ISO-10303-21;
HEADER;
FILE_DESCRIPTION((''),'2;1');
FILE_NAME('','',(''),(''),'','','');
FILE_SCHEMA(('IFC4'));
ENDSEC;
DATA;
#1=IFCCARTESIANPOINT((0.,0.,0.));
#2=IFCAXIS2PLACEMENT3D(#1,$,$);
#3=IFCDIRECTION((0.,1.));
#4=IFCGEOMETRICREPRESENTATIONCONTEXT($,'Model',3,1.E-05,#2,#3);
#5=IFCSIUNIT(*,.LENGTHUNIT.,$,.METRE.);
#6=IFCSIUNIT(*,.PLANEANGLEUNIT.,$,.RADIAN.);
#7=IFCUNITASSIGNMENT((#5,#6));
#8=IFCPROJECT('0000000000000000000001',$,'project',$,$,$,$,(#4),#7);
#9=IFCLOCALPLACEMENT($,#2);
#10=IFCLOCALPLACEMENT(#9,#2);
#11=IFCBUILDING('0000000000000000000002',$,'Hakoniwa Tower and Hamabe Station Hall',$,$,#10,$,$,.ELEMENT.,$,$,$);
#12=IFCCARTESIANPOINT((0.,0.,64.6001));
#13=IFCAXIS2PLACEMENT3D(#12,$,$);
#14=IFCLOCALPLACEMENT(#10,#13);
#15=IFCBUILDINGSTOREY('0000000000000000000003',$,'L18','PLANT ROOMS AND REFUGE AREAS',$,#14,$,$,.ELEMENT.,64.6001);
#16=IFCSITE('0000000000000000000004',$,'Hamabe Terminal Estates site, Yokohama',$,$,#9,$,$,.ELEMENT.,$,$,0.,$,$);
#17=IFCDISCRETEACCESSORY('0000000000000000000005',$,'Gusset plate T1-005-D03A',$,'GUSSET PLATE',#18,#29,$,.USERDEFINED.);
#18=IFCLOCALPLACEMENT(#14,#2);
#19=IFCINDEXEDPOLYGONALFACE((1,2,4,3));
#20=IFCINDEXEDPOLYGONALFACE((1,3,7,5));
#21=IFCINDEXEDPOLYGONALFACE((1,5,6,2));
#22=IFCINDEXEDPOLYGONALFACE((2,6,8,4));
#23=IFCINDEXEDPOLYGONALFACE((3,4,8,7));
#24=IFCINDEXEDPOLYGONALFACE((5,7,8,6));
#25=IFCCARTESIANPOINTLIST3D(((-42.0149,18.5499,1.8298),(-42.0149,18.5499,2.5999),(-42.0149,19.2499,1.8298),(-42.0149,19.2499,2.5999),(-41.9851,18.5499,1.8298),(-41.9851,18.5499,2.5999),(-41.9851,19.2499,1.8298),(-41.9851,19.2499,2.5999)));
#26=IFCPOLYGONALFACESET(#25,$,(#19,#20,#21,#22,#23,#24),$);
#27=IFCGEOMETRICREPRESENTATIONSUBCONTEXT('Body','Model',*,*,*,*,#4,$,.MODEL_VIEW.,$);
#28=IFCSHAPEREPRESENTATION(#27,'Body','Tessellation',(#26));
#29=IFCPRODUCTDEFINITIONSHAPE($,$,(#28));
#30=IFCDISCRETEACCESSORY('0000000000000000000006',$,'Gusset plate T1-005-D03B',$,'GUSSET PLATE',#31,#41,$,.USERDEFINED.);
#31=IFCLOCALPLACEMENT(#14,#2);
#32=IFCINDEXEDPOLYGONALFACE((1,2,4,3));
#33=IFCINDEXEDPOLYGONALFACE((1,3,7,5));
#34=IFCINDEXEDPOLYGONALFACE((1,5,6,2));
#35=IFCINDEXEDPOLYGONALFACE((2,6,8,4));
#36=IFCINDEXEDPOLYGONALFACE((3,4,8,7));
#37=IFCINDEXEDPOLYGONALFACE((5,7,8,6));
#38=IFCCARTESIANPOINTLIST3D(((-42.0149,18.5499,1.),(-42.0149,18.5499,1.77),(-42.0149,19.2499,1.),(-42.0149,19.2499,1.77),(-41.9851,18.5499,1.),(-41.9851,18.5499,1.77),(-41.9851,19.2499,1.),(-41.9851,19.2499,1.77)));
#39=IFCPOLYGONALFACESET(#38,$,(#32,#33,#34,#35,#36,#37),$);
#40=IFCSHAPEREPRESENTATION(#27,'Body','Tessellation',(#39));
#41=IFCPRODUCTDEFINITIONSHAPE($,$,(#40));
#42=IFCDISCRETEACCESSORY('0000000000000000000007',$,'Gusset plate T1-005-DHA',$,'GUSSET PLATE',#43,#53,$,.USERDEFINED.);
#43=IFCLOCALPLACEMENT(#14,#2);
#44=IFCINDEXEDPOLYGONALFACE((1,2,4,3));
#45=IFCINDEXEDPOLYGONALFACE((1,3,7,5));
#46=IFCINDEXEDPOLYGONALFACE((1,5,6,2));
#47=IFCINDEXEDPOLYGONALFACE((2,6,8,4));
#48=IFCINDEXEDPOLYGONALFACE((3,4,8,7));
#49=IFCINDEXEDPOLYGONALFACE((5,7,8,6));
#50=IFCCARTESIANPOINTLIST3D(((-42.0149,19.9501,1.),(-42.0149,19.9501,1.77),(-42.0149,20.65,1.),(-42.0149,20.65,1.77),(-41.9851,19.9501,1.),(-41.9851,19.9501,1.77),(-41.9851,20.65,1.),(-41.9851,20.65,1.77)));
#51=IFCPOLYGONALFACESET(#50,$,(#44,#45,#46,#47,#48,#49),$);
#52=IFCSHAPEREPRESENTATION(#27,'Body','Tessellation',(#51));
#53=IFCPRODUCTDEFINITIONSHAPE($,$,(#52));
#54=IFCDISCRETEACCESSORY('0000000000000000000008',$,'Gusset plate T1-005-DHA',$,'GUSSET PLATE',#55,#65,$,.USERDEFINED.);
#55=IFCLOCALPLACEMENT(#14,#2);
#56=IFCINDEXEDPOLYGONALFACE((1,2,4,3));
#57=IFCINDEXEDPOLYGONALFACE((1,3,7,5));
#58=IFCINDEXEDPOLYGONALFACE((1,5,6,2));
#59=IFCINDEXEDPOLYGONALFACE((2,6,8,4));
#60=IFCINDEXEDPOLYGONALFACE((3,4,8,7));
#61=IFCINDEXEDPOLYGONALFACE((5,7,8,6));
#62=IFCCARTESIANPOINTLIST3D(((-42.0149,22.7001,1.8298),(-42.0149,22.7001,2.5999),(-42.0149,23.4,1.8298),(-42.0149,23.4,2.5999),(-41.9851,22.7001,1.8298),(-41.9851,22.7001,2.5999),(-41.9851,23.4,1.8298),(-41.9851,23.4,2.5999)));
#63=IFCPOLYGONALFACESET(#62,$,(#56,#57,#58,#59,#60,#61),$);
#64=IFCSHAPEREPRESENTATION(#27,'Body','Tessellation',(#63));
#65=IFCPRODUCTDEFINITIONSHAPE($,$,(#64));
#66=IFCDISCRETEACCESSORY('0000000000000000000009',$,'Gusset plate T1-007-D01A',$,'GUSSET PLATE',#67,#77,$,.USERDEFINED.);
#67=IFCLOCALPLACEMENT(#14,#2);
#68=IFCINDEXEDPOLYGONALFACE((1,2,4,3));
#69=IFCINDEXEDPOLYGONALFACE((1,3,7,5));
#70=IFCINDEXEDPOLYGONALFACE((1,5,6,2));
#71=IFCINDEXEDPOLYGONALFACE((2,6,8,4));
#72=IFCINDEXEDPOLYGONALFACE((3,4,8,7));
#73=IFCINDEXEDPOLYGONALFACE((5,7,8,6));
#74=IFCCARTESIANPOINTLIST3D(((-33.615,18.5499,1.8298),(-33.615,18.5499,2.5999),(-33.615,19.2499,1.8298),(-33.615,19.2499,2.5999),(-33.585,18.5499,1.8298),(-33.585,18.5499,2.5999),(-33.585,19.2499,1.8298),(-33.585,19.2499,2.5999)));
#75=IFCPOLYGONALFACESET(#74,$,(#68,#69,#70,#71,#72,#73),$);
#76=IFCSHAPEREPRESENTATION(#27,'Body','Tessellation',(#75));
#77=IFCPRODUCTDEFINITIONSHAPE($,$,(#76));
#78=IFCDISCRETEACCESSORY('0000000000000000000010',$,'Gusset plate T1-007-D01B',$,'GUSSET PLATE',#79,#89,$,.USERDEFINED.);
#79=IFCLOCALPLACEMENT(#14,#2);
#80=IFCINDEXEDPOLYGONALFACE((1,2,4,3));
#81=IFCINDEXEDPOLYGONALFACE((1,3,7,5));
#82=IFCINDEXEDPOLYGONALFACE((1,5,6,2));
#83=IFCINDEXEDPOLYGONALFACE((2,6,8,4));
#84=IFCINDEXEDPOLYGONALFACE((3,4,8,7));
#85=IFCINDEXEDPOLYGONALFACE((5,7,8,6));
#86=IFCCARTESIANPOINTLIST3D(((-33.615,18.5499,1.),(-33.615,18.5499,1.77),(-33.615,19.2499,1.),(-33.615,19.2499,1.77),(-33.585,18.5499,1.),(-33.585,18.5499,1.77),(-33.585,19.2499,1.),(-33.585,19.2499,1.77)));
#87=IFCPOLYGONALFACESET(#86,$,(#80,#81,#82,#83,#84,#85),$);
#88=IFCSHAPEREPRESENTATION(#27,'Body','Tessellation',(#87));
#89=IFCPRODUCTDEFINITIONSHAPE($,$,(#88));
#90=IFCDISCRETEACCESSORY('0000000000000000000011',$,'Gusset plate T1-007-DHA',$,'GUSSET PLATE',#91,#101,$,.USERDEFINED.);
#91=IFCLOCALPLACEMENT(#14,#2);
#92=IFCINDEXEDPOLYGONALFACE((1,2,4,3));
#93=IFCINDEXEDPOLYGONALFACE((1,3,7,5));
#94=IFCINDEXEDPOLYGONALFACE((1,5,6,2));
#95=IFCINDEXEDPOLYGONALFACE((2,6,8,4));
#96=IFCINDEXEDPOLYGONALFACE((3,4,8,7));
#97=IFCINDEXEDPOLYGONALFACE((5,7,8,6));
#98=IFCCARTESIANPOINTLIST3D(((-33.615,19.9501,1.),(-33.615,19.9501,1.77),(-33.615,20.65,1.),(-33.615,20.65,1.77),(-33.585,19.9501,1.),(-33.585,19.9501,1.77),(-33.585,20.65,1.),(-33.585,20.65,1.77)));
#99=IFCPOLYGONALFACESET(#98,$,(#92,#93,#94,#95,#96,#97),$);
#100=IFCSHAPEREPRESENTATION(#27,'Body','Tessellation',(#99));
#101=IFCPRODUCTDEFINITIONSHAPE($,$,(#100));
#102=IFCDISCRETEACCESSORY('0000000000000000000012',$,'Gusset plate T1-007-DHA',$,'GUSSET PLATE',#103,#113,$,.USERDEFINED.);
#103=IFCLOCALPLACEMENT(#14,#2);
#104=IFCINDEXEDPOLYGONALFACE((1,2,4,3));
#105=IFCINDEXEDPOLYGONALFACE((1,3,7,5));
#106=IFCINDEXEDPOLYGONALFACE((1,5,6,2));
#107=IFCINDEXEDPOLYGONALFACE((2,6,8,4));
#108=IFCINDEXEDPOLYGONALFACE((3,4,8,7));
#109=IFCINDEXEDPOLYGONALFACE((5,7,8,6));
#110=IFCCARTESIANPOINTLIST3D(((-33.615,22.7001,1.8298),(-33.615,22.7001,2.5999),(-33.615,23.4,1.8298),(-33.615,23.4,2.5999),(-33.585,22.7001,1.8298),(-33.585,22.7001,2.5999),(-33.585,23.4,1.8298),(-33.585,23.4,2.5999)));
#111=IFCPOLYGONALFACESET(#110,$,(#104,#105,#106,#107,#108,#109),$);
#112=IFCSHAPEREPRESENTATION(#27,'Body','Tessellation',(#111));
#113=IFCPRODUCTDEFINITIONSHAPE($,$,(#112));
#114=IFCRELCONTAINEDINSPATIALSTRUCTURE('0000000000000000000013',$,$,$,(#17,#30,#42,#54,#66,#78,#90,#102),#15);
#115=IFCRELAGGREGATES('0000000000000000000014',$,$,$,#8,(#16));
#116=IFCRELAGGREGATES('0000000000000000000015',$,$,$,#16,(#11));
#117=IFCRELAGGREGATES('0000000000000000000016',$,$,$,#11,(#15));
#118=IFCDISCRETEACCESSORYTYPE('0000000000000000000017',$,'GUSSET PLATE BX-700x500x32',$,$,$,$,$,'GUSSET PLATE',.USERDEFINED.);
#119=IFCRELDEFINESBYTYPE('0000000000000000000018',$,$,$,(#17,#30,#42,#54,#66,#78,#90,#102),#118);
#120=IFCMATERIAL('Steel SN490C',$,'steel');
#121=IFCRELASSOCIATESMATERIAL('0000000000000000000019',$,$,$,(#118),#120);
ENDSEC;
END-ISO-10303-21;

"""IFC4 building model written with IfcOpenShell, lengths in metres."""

from ifc_helpers import new_model, si_unit, direction, frame, origin, origin_2d, place, context, subcontext, project, spatial, rectangle, extrude, material, material_profile, profile_set, type_object, element, save


model = new_model("IFC4")

# Units and contexts
model_context = context("Model", 3, precision=1e-05, world=origin(), true_north=direction((0.0, 1.0)))
body_context = subcontext(model_context, "Body", "Model", "MODEL_VIEW")
ifc_project = project(units=[si_unit("LENGTHUNIT", "METRE"), si_unit("PLANEANGLEUNIT", "RADIAN")], contexts=[model_context])

# Site, building, storey
site_placement = place(None, origin())
site = spatial("IfcSite", under=ifc_project, at=site_placement, Name="Hamabe Terminal Estates site, Yokohama", CompositionType="ELEMENT", RefElevation=0.0)
building_placement = place(site_placement, origin())
building = spatial("IfcBuilding", under=site, at=building_placement, Name="Hakoniwa Tower and Hamabe Station Hall", CompositionType="ELEMENT")
storey_placement = place(building_placement, frame((0.0, 0.0, 64.6001)))
storey = spatial("IfcBuildingStorey", under=building, at=storey_placement, Name="L18", Description="PLANT ROOMS AND REFUGE AREAS", CompositionType="ELEMENT", Elevation=64.6001)

# Discrete accessories
ifc_material_1 = material(Name="Steel SN490C", Category="steel")
ifc_material_profile_1 = material_profile(ifc_material_1, rectangle(XDim=0.7, YDim=0.77, at=origin_2d()), Name="GUSSET PLATE BX-700x500x32")
ifc_profile_set_1 = profile_set([ifc_material_profile_1], Name="Steel SN490C")
discrete_accessory_type = type_object("IfcDiscreteAccessoryType", Name="GUSSET PLATE BX-700x500x32", ElementType="GUSSET PLATE", PredefinedType="USERDEFINED", material=ifc_profile_set_1)
for number, where, z_axis, x_axis, name in (
    (1, (-41.9851, 18.8999, 2.2148), (-1.0, 0.0, 0.0), (0.0, -1.0, 0.0), "Gusset plate T1-005-D03A"),
    (2, (-41.9851, 18.8999, 1.385), (-1.0, 0.0, 0.0), (0.0, -1.0, 0.0), "Gusset plate T1-005-D03B"),
    (3, (-41.9851, 20.3, 1.385), (-1.0, 0.0, 0.0), (0.0, -1.0, 0.0), "Gusset plate T1-005-DHA"),
    (4, (-41.9851, 23.05, 2.2148), (-1.0, 0.0, 0.0), (0.0, -1.0, 0.0), "Gusset plate T1-005-DHA"),
):
    element("IfcDiscreteAccessory", number, at=place(storey_placement, frame(where, z_axis=z_axis, x_axis=x_axis)), inside=storey, type_object=discrete_accessory_type, Name=name, ObjectType="GUSSET PLATE", PredefinedType="USERDEFINED", context=body_context, shape_type="SweptSolid", body=[
        extrude(rectangle(XDim=0.7, YDim=0.77, at=origin_2d()), origin(), (0.0, 0.0, 1.0), 0.0298),
    ])
for number, where, z_axis, x_axis, name in (
    (5, (-33.585, 18.8999, 2.2148), (-1.0, 0.0, 0.0), (0.0, -1.0, 0.0), "Gusset plate T1-007-D01A"),
    (6, (-33.585, 18.8999, 1.385), (-1.0, 0.0, 0.0), (0.0, -1.0, 0.0), "Gusset plate T1-007-D01B"),
    (7, (-33.585, 20.3, 1.385), (-1.0, 0.0, 0.0), (0.0, -1.0, 0.0), "Gusset plate T1-007-DHA"),
    (8, (-33.585, 23.05, 2.2148), (-1.0, 0.0, 0.0), (0.0, -1.0, 0.0), "Gusset plate T1-007-DHA"),
):
    element("IfcDiscreteAccessory", number, at=place(storey_placement, frame(where, z_axis=z_axis, x_axis=x_axis)), inside=storey, type_object=discrete_accessory_type, Name=name, ObjectType="GUSSET PLATE", PredefinedType="USERDEFINED", context=body_context, shape_type="SweptSolid", body=[
        extrude(rectangle(XDim=0.7, YDim=0.77, at=origin_2d()), origin(), (0.0, 0.0, 1.0), 0.03),
    ])

save(model, "model.ifc")
